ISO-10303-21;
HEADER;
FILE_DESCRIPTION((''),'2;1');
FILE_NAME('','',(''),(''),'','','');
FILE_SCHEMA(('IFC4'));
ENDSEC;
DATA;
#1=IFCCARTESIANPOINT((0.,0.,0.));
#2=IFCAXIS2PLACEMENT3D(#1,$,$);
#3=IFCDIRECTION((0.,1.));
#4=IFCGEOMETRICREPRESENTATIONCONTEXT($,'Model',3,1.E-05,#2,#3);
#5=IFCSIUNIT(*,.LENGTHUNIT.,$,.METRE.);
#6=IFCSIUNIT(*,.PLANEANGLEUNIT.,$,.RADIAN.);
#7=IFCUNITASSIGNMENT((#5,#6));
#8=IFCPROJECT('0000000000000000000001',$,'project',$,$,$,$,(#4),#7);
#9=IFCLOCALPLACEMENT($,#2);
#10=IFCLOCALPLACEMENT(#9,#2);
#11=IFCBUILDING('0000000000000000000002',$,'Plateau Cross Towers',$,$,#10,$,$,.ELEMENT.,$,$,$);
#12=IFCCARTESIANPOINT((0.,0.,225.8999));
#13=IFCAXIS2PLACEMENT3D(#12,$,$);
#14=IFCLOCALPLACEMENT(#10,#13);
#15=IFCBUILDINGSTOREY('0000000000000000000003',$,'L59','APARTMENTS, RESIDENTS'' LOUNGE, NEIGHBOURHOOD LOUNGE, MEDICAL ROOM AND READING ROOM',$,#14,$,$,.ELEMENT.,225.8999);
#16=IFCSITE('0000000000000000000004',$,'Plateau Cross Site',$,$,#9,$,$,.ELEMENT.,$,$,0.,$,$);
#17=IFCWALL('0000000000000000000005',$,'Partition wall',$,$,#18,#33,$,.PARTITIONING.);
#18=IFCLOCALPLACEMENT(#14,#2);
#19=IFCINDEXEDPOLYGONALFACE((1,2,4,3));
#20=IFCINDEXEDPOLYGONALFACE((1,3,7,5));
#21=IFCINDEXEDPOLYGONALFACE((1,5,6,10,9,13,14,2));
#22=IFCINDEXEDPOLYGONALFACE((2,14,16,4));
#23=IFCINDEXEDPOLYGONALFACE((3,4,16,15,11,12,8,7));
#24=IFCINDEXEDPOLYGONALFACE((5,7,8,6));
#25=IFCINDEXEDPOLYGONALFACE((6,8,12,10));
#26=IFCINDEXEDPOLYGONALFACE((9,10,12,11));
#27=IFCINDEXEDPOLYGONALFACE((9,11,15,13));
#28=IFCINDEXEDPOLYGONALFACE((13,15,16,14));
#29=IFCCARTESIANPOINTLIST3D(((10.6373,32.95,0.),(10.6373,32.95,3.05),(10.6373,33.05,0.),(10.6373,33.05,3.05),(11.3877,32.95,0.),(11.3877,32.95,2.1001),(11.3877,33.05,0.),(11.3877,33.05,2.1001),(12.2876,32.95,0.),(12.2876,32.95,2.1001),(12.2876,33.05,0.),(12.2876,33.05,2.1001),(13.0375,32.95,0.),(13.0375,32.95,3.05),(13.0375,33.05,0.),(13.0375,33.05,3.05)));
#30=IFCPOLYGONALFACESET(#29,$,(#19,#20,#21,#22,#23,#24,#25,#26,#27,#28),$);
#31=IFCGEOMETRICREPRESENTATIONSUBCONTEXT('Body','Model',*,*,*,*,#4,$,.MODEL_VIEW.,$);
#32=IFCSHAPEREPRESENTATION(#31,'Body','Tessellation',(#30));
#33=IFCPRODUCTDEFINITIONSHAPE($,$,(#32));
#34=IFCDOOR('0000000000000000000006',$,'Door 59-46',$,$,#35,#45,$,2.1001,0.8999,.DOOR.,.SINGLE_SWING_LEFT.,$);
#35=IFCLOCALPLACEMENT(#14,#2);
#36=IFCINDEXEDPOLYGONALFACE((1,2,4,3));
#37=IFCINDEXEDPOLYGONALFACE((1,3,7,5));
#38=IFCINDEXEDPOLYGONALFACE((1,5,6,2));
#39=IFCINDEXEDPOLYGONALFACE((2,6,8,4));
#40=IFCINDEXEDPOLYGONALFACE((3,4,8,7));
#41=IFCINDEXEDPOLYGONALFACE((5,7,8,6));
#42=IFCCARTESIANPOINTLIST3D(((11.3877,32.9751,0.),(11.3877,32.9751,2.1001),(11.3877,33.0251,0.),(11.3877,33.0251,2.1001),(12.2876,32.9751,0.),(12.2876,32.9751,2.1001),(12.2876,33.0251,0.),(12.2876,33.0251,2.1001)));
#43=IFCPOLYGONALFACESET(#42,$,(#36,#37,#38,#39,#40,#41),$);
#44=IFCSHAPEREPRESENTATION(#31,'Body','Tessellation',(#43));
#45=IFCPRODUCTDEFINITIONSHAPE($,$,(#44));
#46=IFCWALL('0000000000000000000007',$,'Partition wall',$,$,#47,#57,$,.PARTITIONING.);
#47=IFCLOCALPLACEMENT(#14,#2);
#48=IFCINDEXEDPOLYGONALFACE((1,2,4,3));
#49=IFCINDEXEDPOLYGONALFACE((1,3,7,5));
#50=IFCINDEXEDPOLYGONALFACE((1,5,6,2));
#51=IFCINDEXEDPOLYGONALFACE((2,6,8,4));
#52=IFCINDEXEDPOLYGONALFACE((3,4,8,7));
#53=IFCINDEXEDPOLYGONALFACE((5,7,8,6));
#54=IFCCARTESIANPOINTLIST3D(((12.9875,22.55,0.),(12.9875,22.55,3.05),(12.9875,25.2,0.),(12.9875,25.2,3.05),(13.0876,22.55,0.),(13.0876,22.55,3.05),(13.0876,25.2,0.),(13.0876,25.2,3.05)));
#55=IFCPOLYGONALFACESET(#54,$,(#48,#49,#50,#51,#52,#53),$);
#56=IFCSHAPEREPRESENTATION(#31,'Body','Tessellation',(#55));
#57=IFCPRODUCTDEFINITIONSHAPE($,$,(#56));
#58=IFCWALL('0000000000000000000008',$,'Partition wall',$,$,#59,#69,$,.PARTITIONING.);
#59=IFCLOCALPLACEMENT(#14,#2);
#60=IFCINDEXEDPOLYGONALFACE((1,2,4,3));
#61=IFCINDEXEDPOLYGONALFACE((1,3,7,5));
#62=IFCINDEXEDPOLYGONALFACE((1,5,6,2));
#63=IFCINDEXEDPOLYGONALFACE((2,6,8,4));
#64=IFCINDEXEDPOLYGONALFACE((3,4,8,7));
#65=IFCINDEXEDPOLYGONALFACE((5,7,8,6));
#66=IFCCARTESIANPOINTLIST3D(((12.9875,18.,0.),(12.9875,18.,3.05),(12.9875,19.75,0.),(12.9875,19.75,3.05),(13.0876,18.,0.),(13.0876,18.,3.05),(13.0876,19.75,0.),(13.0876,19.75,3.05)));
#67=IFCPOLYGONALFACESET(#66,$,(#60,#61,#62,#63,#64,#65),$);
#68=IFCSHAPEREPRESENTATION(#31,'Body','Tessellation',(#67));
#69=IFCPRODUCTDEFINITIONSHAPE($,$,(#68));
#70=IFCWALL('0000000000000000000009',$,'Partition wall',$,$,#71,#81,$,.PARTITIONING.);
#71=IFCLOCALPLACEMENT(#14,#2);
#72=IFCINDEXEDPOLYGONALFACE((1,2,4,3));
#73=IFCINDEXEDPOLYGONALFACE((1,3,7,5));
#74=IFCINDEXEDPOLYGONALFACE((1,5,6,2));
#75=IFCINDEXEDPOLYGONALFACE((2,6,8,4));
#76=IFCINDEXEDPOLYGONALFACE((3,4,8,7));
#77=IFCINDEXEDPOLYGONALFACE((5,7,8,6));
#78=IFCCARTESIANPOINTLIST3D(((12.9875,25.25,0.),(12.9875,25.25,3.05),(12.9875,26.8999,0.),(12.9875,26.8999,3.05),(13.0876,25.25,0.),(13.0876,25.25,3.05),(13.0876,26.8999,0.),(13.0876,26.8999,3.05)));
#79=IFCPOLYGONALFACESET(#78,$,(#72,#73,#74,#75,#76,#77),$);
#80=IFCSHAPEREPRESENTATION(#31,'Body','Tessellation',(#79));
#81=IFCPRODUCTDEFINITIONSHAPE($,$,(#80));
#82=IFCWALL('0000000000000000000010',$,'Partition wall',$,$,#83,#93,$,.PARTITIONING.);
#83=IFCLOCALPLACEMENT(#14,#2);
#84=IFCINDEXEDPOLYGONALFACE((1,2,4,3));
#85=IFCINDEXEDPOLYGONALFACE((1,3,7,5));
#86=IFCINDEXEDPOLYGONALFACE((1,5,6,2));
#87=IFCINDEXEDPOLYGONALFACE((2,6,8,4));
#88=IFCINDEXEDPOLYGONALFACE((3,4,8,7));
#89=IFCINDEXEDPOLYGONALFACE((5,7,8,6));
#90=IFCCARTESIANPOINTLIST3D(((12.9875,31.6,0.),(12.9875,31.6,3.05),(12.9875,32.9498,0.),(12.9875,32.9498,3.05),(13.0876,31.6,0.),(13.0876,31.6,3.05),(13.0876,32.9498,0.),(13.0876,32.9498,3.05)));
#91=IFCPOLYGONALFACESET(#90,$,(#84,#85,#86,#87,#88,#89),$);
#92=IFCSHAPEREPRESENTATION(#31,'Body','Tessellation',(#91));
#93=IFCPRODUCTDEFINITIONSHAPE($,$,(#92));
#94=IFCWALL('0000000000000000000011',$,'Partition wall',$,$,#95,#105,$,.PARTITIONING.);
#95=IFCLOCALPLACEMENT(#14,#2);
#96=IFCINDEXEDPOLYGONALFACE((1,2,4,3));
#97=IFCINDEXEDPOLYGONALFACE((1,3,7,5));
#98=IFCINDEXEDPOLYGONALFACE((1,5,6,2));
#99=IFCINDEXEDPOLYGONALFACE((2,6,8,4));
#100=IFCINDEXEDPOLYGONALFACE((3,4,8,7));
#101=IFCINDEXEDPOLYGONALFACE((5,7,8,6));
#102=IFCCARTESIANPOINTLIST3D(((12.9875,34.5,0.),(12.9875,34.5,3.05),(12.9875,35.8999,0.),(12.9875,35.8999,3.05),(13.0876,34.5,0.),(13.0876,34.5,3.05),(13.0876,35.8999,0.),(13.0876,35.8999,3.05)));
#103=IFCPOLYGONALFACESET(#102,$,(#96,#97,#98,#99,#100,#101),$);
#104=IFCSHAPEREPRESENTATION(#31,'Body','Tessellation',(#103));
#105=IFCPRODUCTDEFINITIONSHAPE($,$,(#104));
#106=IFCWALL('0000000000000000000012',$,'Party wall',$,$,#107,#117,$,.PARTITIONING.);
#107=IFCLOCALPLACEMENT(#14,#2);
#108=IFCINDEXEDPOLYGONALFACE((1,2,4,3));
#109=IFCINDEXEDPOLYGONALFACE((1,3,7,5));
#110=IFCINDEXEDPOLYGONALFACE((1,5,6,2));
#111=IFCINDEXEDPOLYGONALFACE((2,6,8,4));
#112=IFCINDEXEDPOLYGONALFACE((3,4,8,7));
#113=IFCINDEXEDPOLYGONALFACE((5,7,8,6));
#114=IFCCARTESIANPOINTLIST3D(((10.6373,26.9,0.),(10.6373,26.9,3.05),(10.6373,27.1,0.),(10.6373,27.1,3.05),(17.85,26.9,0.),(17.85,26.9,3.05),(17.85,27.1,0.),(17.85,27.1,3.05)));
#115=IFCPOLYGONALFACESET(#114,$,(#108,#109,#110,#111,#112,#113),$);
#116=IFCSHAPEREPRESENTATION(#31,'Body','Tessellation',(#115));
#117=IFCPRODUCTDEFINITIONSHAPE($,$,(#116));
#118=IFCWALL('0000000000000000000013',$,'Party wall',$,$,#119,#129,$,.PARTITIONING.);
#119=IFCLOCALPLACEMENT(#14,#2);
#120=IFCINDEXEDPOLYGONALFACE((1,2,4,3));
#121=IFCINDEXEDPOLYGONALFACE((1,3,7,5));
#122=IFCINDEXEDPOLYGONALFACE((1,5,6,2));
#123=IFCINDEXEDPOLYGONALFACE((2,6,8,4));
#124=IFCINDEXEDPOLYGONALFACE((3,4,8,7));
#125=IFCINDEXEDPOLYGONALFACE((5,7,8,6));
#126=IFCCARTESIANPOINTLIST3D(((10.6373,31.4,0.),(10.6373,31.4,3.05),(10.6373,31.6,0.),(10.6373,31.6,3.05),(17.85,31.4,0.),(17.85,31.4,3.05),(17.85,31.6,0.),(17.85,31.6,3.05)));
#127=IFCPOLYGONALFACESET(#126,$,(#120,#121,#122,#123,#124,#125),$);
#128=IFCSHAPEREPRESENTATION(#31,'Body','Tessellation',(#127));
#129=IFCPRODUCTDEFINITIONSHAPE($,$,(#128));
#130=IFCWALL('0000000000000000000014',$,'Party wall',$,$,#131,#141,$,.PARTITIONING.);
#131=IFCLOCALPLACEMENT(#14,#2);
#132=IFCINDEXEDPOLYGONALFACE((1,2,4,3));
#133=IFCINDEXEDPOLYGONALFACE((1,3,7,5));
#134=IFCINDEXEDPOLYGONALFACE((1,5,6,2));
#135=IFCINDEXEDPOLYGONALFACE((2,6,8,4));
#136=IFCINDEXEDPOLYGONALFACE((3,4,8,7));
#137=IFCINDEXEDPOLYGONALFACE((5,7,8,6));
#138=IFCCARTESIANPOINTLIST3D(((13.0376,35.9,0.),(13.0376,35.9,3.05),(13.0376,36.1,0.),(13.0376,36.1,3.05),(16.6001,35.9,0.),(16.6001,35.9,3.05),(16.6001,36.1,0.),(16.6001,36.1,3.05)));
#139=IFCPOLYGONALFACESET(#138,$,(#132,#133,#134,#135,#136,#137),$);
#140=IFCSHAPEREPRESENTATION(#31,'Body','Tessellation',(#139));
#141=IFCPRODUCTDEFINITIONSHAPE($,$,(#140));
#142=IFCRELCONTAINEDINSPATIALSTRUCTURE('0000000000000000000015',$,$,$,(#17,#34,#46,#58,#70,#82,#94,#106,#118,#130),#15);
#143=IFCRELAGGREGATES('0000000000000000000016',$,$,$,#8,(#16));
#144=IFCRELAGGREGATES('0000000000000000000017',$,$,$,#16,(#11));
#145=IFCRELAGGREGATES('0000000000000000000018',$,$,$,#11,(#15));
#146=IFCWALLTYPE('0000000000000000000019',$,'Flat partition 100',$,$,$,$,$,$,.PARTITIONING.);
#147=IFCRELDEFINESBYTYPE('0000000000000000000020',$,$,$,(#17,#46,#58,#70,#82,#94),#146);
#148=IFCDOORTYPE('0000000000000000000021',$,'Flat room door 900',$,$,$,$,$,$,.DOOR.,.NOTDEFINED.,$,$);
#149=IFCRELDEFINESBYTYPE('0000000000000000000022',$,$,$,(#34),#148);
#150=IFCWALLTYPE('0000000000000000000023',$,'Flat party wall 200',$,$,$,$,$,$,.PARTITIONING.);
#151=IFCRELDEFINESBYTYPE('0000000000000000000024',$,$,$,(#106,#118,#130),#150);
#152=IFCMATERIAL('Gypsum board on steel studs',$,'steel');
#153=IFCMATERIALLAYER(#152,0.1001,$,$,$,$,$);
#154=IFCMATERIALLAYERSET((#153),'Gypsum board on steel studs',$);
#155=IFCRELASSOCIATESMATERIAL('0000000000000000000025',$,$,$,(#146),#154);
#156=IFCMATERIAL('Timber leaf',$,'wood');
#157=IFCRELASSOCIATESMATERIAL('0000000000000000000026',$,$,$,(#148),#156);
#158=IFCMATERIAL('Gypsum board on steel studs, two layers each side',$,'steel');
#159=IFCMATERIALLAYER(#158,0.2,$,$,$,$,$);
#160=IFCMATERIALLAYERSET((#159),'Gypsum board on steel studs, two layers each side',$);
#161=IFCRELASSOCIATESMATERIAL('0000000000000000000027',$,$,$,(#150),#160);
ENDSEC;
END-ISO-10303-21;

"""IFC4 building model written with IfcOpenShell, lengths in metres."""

from ifc_helpers import new_model, si_unit, direction, frame, frame_2d, origin, place, context, subcontext, project, spatial, rectangle, extrude, material, layer, layer_set, type_object, element, fill, save


model = new_model("IFC4")

# Units and contexts
model_context = context("Model", 3, precision=1e-05, world=origin(), true_north=direction((0.0, 1.0)))
body_context = subcontext(model_context, "Body", "Model", "MODEL_VIEW")
ifc_project = project(units=[si_unit("LENGTHUNIT", "METRE"), si_unit("PLANEANGLEUNIT", "RADIAN")], contexts=[model_context])

# Site, building, storey
site_placement = place(None, origin())
site = spatial("IfcSite", under=ifc_project, at=site_placement, Name="Plateau Cross Site", CompositionType="ELEMENT", RefElevation=0.0)
building_placement = place(site_placement, origin())
building = spatial("IfcBuilding", under=site, at=building_placement, Name="Plateau Cross Towers", CompositionType="ELEMENT")
storey_placement = place(building_placement, frame((0.0, 0.0, 225.8999)))
storey = spatial("IfcBuildingStorey", under=building, at=storey_placement, Name="L59", Description="APARTMENTS, RESIDENTS' LOUNGE, NEIGHBOURHOOD LOUNGE, MEDICAL ROOM AND READING ROOM", CompositionType="ELEMENT", Elevation=225.8999)

# Wall, opening, door
ifc_material_1 = material(Name="Gypsum board on steel studs", Category="steel")
ifc_layer_1 = layer(ifc_material_1, 0.1001)
ifc_layer_set_1 = layer_set([ifc_layer_1], Name="Gypsum board on steel studs")
wall_type_1 = type_object("IfcWallType", Name="Flat partition 100", PredefinedType="PARTITIONING", material=ifc_layer_set_1)
ifc_material_2 = material(Name="Timber leaf", Category="wood")
door_type_1 = type_object("IfcDoorType", Name="Flat room door 900", OperationType="NOTDEFINED", PredefinedType="DOOR", material=ifc_material_2)
wall_1_placement = place(storey_placement, frame((13.0376, 33.0, 0.0), z_axis=(0.0, 0.0, 1.0), x_axis=(-1.0, 0.0, 0.0)))
wall_1 = element("IfcWall", 1, at=wall_1_placement, inside=storey, type_object=wall_type_1, Name="Partition wall", PredefinedType="PARTITIONING", context=body_context, shape_type="SweptSolid", body=[
    extrude(rectangle(XDim=2.4001, YDim=0.1001, at=frame_2d((1.2002, 0.0))), origin(), (0.0, 0.0, 1.0), 3.05),
])
opening_1_placement = place(wall_1_placement, frame((0.75, 0.0, 0.0)))
opening_1 = element("IfcOpeningElement", 2, at=opening_1_placement, cuts=wall_1, PredefinedType="OPENING", context=body_context, shape_type="SweptSolid", body=[
    extrude(rectangle(XDim=0.8999, YDim=2.1001, at=frame_2d((0.45, 1.05))), frame((0.0, 0.0601, 0.0), z_axis=(0.0, -1.0, 0.0), x_axis=(1.0, 0.0, 0.0)), (0.0, 0.0, 1.0), 0.1201),
])
door_1_placement = place(opening_1_placement, origin())
door_1 = element("IfcDoor", 3, at=door_1_placement, inside=storey, type_object=door_type_1, Name="Door 59-46", OperationType="SINGLE_SWING_LEFT", OverallHeight=2.1001, OverallWidth=0.8999, PredefinedType="DOOR", context=body_context, shape_type="SweptSolid", body=[
    extrude(rectangle(XDim=0.8999, YDim=2.1001, at=frame_2d((0.45, 1.05))), frame((0.0, 0.0249, 0.0), z_axis=(0.0, -1.0, 0.0), x_axis=(1.0, 0.0, 0.0)), (0.0, 0.0, 1.0), 0.05),
])
fill(opening_1, door_1)

# Walls
wall_2_placement = place(storey_placement, frame((13.0376, 25.2, 0.0), z_axis=(0.0, 0.0, 1.0), x_axis=(0.0, -1.0, 0.0)))
element("IfcWall", 4, at=wall_2_placement, inside=storey, type_object=wall_type_1, Name="Partition wall", PredefinedType="PARTITIONING", context=body_context, shape_type="SweptSolid", body=[
    extrude(rectangle(XDim=2.6499, YDim=0.1001, at=frame_2d((1.325, 0.0))), origin(), (0.0, 0.0, 1.0), 3.05),
])
wall_3_placement = place(storey_placement, frame((13.0376, 18.0, 0.0), z_axis=(0.0, 0.0, 1.0), x_axis=(0.0, 1.0, 0.0)))
element("IfcWall", 5, at=wall_3_placement, inside=storey, type_object=wall_type_1, Name="Partition wall", PredefinedType="PARTITIONING", context=body_context, shape_type="SweptSolid", body=[
    extrude(rectangle(XDim=1.75, YDim=0.1001, at=frame_2d((0.875, 0.0))), origin(), (0.0, 0.0, 1.0), 3.05),
])
wall_4_placement = place(storey_placement, frame((13.0376, 25.25, 0.0), z_axis=(0.0, 0.0, 1.0), x_axis=(0.0, 1.0, 0.0)))
element("IfcWall", 6, at=wall_4_placement, inside=storey, type_object=wall_type_1, Name="Partition wall", PredefinedType="PARTITIONING", context=body_context, shape_type="SweptSolid", body=[
    extrude(rectangle(XDim=1.6499, YDim=0.1001, at=frame_2d((0.825, 0.0))), origin(), (0.0, 0.0, 1.0), 3.05),
])
wall_5_placement = place(storey_placement, frame((13.0376, 31.6001, 0.0), z_axis=(0.0, 0.0, 1.0), x_axis=(0.0, 1.0, 0.0)))
element("IfcWall", 7, at=wall_5_placement, inside=storey, type_object=wall_type_1, Name="Partition wall", PredefinedType="PARTITIONING", context=body_context, shape_type="SweptSolid", body=[
    extrude(rectangle(XDim=1.3499, YDim=0.1001, at=frame_2d((0.6748, 0.0))), origin(), (0.0, 0.0, 1.0), 3.05),
])
wall_6_placement = place(storey_placement, frame((13.0376, 34.5, 0.0), z_axis=(0.0, 0.0, 1.0), x_axis=(0.0, 1.0, 0.0)))
element("IfcWall", 8, at=wall_6_placement, inside=storey, type_object=wall_type_1, Name="Partition wall", PredefinedType="PARTITIONING", context=body_context, shape_type="SweptSolid", body=[
    extrude(rectangle(XDim=1.3999, YDim=0.1001, at=frame_2d((0.7, 0.0))), origin(), (0.0, 0.0, 1.0), 3.05),
])
ifc_material_3 = material(Name="Gypsum board on steel studs, two layers each side", Category="steel")
ifc_layer_2 = layer(ifc_material_3, 0.2)
ifc_layer_set_2 = layer_set([ifc_layer_2], Name="Gypsum board on steel studs, two layers each side")
wall_type_2 = type_object("IfcWallType", Name="Flat party wall 200", PredefinedType="PARTITIONING", material=ifc_layer_set_2)
for number, where, z_axis, x_axis, name in (
    (9, (17.8501, 27.0, 0.0), (0.0, 0.0, 1.0), (-1.0, 0.0, 0.0), "Party wall"),
    (10, (17.8501, 31.5, 0.0), (0.0, 0.0, 1.0), (-1.0, 0.0, 0.0), "Party wall"),
):
    element("IfcWall", number, at=place(storey_placement, frame(where, z_axis=z_axis, x_axis=x_axis)), inside=storey, type_object=wall_type_2, Name=name, PredefinedType="PARTITIONING", context=body_context, shape_type="SweptSolid", body=[
        extrude(rectangle(XDim=7.2126, YDim=0.2, at=frame_2d((3.6064, 0.0))), origin(), (0.0, 0.0, 1.0), 3.05),
    ])
wall_7_placement = place(storey_placement, frame((13.0376, 36.0, 0.0), z_axis=(0.0, 0.0, 1.0), x_axis=(1.0, 0.0, 0.0)))
element("IfcWall", 11, at=wall_7_placement, inside=storey, type_object=wall_type_2, Name="Party wall", PredefinedType="PARTITIONING", context=body_context, shape_type="SweptSolid", body=[
    extrude(rectangle(XDim=3.5625, YDim=0.2, at=frame_2d((1.7812, 0.0))), origin(), (0.0, 0.0, 1.0), 3.05),
])

save(model, "model.ifc")
